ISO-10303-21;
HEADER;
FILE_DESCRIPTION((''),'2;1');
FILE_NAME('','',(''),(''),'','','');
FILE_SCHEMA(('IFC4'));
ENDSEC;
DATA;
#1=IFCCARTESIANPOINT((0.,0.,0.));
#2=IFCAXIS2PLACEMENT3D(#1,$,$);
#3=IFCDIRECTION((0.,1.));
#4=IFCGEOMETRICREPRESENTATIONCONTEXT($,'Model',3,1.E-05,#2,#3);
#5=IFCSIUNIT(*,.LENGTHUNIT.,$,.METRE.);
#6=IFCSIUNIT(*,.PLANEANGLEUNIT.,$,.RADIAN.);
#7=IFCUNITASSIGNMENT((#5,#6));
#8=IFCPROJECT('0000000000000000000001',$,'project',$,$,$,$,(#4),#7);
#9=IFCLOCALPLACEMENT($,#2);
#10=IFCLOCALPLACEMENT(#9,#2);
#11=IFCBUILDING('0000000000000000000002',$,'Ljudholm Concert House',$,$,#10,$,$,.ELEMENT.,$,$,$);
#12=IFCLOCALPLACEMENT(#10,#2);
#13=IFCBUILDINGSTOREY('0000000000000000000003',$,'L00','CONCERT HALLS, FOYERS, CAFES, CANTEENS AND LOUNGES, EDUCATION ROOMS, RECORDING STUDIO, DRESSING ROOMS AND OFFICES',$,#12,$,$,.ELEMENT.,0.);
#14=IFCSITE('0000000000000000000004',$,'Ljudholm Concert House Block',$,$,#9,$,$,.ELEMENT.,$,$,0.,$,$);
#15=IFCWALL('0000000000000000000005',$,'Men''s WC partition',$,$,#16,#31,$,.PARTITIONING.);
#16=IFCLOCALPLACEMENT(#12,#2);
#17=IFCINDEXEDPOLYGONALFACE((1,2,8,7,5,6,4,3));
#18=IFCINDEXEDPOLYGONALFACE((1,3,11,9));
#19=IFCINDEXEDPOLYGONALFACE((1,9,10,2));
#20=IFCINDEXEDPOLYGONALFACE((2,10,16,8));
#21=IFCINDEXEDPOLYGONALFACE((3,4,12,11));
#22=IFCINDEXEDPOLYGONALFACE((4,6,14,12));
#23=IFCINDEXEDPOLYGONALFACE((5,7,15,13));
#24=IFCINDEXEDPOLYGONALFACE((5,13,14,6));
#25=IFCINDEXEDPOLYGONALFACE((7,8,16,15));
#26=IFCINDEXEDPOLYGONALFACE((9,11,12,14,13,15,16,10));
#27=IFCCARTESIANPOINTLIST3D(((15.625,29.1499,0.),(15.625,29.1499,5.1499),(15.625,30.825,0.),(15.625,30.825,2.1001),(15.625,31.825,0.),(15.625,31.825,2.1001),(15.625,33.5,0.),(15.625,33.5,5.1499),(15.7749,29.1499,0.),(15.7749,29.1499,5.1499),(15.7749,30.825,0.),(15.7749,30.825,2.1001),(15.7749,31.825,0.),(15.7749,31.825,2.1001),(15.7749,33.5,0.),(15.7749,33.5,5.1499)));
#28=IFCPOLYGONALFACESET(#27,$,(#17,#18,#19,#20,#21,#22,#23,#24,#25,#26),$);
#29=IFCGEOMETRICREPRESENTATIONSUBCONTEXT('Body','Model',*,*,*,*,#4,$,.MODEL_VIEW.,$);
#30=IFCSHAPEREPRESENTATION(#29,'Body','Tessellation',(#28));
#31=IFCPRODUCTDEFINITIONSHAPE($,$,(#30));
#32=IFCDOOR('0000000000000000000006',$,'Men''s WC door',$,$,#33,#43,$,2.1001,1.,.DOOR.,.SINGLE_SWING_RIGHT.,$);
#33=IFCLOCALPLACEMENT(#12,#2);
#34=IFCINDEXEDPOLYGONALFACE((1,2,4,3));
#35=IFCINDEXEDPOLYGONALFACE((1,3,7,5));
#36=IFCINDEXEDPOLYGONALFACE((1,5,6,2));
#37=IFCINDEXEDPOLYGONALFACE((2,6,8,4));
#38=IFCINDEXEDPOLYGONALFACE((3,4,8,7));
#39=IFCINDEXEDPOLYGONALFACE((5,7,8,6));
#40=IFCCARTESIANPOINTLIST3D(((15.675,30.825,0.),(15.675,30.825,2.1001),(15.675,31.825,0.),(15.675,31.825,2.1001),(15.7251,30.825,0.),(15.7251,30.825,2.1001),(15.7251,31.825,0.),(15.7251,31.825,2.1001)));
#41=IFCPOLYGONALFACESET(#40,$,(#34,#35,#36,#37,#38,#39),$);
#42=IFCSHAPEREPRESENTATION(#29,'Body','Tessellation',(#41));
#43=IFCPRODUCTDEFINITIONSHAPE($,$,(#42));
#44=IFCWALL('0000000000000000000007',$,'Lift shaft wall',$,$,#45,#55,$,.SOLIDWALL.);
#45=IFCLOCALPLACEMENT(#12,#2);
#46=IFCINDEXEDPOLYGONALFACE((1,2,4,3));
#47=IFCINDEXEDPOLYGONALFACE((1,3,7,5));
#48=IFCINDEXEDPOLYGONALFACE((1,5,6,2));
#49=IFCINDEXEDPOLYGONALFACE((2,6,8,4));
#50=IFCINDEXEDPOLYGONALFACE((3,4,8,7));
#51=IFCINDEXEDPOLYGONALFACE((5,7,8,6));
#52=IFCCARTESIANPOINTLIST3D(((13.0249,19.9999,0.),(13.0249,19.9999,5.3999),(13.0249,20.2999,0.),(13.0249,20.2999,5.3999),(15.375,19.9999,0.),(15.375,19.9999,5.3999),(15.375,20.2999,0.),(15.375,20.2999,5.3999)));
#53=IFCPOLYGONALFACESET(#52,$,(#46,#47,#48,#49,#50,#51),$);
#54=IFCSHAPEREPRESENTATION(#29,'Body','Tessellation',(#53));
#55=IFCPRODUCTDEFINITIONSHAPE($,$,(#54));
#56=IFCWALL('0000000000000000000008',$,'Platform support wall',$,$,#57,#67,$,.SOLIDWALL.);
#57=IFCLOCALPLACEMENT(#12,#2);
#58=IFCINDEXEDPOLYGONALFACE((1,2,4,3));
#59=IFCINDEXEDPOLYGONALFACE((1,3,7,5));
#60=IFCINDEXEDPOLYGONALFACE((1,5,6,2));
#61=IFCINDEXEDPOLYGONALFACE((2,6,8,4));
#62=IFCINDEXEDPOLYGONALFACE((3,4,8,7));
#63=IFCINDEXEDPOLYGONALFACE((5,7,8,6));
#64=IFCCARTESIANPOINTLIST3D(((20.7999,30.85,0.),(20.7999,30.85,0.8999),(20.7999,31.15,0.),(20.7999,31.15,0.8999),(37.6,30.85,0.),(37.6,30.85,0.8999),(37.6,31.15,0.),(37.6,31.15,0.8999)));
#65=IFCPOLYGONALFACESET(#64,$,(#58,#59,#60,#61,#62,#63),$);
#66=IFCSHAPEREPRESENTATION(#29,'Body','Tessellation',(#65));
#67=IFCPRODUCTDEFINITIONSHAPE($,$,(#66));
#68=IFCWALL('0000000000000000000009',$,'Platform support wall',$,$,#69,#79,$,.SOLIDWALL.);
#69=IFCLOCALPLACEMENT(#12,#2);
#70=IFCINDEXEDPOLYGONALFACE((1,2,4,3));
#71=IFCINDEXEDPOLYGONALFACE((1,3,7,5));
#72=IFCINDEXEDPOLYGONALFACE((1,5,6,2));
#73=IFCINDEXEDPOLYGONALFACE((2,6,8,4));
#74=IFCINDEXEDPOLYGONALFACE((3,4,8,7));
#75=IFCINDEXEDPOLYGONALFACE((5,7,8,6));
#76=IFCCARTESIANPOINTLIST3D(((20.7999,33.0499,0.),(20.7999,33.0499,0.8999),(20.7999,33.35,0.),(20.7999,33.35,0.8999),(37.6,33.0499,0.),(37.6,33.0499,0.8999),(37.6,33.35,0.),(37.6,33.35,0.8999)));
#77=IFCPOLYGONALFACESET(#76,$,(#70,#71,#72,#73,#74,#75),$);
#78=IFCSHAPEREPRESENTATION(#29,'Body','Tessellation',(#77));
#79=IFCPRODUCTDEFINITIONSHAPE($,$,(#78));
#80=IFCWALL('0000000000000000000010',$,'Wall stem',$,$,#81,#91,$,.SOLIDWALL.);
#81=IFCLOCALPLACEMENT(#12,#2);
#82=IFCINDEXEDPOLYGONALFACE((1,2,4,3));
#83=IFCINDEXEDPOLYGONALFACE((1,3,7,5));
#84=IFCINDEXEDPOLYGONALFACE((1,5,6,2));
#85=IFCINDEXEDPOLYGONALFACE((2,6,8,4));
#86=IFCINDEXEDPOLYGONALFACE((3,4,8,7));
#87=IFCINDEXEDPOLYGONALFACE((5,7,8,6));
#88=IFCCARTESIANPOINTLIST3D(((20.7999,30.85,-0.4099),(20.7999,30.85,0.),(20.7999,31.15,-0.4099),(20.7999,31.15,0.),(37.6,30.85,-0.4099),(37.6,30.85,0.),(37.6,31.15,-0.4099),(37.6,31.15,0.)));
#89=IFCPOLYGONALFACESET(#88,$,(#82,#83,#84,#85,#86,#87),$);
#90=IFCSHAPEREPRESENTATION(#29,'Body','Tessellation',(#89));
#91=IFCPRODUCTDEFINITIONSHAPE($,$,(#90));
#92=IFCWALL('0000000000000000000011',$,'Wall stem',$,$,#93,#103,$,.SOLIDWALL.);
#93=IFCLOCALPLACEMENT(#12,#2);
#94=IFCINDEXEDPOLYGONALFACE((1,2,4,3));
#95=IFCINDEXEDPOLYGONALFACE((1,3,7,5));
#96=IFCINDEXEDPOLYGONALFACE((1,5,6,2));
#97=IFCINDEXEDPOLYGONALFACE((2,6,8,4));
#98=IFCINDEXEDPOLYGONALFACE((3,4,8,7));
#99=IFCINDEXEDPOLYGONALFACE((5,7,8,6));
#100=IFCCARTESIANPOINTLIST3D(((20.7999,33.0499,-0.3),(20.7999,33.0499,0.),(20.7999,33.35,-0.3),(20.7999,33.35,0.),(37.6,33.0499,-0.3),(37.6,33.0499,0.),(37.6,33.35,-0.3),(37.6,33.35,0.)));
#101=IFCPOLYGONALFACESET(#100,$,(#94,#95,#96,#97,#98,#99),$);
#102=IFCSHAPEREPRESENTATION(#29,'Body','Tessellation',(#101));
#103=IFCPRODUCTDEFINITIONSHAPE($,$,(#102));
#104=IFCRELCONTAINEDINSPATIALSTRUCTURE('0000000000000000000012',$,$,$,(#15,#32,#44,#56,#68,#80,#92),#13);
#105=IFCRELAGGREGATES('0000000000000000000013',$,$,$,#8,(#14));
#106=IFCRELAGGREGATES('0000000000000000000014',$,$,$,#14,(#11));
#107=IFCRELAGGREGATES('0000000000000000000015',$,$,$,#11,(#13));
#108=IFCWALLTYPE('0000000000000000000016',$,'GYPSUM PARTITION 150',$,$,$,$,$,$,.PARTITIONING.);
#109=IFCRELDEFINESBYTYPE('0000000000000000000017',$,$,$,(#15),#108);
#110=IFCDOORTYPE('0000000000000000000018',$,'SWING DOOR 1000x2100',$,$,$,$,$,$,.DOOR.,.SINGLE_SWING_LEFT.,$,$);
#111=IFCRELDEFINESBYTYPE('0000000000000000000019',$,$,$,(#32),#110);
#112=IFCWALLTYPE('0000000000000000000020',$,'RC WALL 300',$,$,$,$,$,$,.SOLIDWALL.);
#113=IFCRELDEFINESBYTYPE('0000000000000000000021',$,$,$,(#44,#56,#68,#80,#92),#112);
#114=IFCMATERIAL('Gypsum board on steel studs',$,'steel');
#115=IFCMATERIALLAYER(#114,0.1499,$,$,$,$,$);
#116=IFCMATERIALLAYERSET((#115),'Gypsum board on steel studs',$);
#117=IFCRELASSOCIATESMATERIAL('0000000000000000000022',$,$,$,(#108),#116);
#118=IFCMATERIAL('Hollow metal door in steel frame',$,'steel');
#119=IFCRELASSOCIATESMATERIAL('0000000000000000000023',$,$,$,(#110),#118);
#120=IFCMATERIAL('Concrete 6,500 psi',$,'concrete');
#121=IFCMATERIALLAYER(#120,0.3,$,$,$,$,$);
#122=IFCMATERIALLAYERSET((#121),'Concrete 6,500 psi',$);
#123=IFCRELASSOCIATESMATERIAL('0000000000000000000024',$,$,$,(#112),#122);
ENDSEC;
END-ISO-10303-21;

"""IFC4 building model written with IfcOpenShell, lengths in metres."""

from ifc_helpers import new_model, si_unit, direction, frame, frame_2d, origin, place, context, subcontext, project, spatial, rectangle, extrude, material, layer, layer_set, type_object, element, fill, save


model = new_model("IFC4")

# Units and contexts
model_context = context("Model", 3, precision=1e-05, world=origin(), true_north=direction((0.0, 1.0)))
body_context = subcontext(model_context, "Body", "Model", "MODEL_VIEW")
ifc_project = project(units=[si_unit("LENGTHUNIT", "METRE"), si_unit("PLANEANGLEUNIT", "RADIAN")], contexts=[model_context])

# Site, building, storey
site_placement = place(None, origin())
site = spatial("IfcSite", under=ifc_project, at=site_placement, Name="Ljudholm Concert House Block", CompositionType="ELEMENT", RefElevation=0.0)
building_placement = place(site_placement, origin())
building = spatial("IfcBuilding", under=site, at=building_placement, Name="Ljudholm Concert House", CompositionType="ELEMENT")
storey_placement = place(building_placement, origin())
storey = spatial("IfcBuildingStorey", under=building, at=storey_placement, Name="L00", Description="CONCERT HALLS, FOYERS, CAFES, CANTEENS AND LOUNGES, EDUCATION ROOMS, RECORDING STUDIO, DRESSING ROOMS AND OFFICES", CompositionType="ELEMENT", Elevation=0.0)

# Shared definitions
ifc_material_1 = material(Name="Gypsum board on steel studs", Category="steel")
ifc_layer_1 = layer(ifc_material_1, 0.1499)
ifc_layer_set_1 = layer_set([ifc_layer_1], Name="Gypsum board on steel studs")
wall_type_1 = type_object("IfcWallType", Name="GYPSUM PARTITION 150", PredefinedType="PARTITIONING", material=ifc_layer_set_1)
ifc_material_2 = material(Name="Hollow metal door in steel frame", Category="steel")
door_type = type_object("IfcDoorType", Name="SWING DOOR 1000x2100", OperationType="SINGLE_SWING_LEFT", PredefinedType="DOOR", material=ifc_material_2)

# Wall, opening, door
wall_1_placement = place(storey_placement, frame((15.7, 29.1499, 0.0), z_axis=(0.0, 0.0, 1.0), x_axis=(0.0, 1.0, 0.0)))
wall_1 = element("IfcWall", 1, at=wall_1_placement, inside=storey, type_object=wall_type_1, Name="Men's WC partition", PredefinedType="PARTITIONING", context=body_context, shape_type="SweptSolid", body=[
    extrude(rectangle(XDim=4.3501, YDim=0.1499, at=frame_2d((2.175, 0.0))), origin(), (0.0, 0.0, 1.0), 5.1499),
])
opening_1_placement = place(wall_1_placement, frame((1.675, 0.0, 0.0)))
opening_1 = element("IfcOpeningElement", 2, at=opening_1_placement, cuts=wall_1, PredefinedType="OPENING", context=body_context, shape_type="SweptSolid", body=[
    extrude(rectangle(XDim=1.0, YDim=2.1001, at=frame_2d((0.5, 1.05))), frame((0.0, 0.085, 0.0), z_axis=(0.0, -1.0, 0.0), x_axis=(1.0, 0.0, 0.0)), (0.0, 0.0, 1.0), 0.1699),
])
door_1_placement = place(opening_1_placement, origin())
door_1 = element("IfcDoor", 3, at=door_1_placement, inside=storey, type_object=door_type, Name="Men's WC door", OperationType="SINGLE_SWING_RIGHT", OverallHeight=2.1001, OverallWidth=1.0, PredefinedType="DOOR", context=body_context, shape_type="SweptSolid", body=[
    extrude(rectangle(XDim=1.0, YDim=2.1001, at=frame_2d((0.5, 1.05))), frame((0.0, 0.0249, 0.0), z_axis=(0.0, -1.0, 0.0), x_axis=(1.0, 0.0, 0.0)), (0.0, 0.0, 1.0), 0.05),
])
fill(opening_1, door_1)

# Walls
ifc_material_3 = material(Name="Concrete 6,500 psi", Category="concrete")
ifc_layer_2 = layer(ifc_material_3, 0.3)
ifc_layer_set_2 = layer_set([ifc_layer_2], Name="Concrete 6,500 psi")
wall_type_2 = type_object("IfcWallType", Name="RC WALL 300", PredefinedType="SOLIDWALL", material=ifc_layer_set_2)
wall_2_placement = place(storey_placement, frame((13.0249, 20.1499, 0.0), z_axis=(0.0, 0.0, 1.0), x_axis=(1.0, 0.0, 0.0)))
element("IfcWall", 4, at=wall_2_placement, inside=storey, type_object=wall_type_2, Name="Lift shaft wall", PredefinedType="SOLIDWALL", context=body_context, shape_type="SweptSolid", body=[
    extrude(rectangle(XDim=2.3501, YDim=0.3, at=frame_2d((1.175, 0.0))), origin(), (0.0, 0.0, 1.0), 5.3999),
])
for number, where, z_axis, x_axis, name in (
    (5, (20.8, 31.0, 0.0), (0.0, 0.0, 1.0), (1.0, 0.0, 0.0), "Platform support wall"),
    (6, (20.8, 33.2, 0.0), (0.0, 0.0, 1.0), (1.0, 0.0, 0.0), "Platform support wall"),
):
    element("IfcWall", number, at=place(storey_placement, frame(where, z_axis=z_axis, x_axis=x_axis)), inside=storey, type_object=wall_type_2, Name=name, PredefinedType="SOLIDWALL", context=body_context, shape_type="SweptSolid", body=[
        extrude(rectangle(XDim=16.8, YDim=0.3, at=frame_2d((8.3999, 0.0))), origin(), (0.0, 0.0, 1.0), 0.8999),
    ])
wall_3_placement = place(storey_placement, frame((20.8, 31.0, -0.4099), z_axis=(0.0, 0.0, 1.0), x_axis=(1.0, 0.0, 0.0)))
element("IfcWall", 7, at=wall_3_placement, inside=storey, type_object=wall_type_2, Name="Wall stem", PredefinedType="SOLIDWALL", context=body_context, shape_type="SweptSolid", body=[
    extrude(rectangle(XDim=16.8, YDim=0.3, at=frame_2d((8.3999, 0.0))), origin(), (0.0, 0.0, 1.0), 0.4099),
])
wall_4_placement = place(storey_placement, frame((20.8, 33.2, -0.3), z_axis=(0.0, 0.0, 1.0), x_axis=(1.0, 0.0, 0.0)))
element("IfcWall", 8, at=wall_4_placement, inside=storey, type_object=wall_type_2, Name="Wall stem", PredefinedType="SOLIDWALL", context=body_context, shape_type="SweptSolid", body=[
    extrude(rectangle(XDim=16.8, YDim=0.3, at=frame_2d((8.3999, 0.0))), origin(), (0.0, 0.0, 1.0), 0.3),
])

save(model, "model.ifc")
